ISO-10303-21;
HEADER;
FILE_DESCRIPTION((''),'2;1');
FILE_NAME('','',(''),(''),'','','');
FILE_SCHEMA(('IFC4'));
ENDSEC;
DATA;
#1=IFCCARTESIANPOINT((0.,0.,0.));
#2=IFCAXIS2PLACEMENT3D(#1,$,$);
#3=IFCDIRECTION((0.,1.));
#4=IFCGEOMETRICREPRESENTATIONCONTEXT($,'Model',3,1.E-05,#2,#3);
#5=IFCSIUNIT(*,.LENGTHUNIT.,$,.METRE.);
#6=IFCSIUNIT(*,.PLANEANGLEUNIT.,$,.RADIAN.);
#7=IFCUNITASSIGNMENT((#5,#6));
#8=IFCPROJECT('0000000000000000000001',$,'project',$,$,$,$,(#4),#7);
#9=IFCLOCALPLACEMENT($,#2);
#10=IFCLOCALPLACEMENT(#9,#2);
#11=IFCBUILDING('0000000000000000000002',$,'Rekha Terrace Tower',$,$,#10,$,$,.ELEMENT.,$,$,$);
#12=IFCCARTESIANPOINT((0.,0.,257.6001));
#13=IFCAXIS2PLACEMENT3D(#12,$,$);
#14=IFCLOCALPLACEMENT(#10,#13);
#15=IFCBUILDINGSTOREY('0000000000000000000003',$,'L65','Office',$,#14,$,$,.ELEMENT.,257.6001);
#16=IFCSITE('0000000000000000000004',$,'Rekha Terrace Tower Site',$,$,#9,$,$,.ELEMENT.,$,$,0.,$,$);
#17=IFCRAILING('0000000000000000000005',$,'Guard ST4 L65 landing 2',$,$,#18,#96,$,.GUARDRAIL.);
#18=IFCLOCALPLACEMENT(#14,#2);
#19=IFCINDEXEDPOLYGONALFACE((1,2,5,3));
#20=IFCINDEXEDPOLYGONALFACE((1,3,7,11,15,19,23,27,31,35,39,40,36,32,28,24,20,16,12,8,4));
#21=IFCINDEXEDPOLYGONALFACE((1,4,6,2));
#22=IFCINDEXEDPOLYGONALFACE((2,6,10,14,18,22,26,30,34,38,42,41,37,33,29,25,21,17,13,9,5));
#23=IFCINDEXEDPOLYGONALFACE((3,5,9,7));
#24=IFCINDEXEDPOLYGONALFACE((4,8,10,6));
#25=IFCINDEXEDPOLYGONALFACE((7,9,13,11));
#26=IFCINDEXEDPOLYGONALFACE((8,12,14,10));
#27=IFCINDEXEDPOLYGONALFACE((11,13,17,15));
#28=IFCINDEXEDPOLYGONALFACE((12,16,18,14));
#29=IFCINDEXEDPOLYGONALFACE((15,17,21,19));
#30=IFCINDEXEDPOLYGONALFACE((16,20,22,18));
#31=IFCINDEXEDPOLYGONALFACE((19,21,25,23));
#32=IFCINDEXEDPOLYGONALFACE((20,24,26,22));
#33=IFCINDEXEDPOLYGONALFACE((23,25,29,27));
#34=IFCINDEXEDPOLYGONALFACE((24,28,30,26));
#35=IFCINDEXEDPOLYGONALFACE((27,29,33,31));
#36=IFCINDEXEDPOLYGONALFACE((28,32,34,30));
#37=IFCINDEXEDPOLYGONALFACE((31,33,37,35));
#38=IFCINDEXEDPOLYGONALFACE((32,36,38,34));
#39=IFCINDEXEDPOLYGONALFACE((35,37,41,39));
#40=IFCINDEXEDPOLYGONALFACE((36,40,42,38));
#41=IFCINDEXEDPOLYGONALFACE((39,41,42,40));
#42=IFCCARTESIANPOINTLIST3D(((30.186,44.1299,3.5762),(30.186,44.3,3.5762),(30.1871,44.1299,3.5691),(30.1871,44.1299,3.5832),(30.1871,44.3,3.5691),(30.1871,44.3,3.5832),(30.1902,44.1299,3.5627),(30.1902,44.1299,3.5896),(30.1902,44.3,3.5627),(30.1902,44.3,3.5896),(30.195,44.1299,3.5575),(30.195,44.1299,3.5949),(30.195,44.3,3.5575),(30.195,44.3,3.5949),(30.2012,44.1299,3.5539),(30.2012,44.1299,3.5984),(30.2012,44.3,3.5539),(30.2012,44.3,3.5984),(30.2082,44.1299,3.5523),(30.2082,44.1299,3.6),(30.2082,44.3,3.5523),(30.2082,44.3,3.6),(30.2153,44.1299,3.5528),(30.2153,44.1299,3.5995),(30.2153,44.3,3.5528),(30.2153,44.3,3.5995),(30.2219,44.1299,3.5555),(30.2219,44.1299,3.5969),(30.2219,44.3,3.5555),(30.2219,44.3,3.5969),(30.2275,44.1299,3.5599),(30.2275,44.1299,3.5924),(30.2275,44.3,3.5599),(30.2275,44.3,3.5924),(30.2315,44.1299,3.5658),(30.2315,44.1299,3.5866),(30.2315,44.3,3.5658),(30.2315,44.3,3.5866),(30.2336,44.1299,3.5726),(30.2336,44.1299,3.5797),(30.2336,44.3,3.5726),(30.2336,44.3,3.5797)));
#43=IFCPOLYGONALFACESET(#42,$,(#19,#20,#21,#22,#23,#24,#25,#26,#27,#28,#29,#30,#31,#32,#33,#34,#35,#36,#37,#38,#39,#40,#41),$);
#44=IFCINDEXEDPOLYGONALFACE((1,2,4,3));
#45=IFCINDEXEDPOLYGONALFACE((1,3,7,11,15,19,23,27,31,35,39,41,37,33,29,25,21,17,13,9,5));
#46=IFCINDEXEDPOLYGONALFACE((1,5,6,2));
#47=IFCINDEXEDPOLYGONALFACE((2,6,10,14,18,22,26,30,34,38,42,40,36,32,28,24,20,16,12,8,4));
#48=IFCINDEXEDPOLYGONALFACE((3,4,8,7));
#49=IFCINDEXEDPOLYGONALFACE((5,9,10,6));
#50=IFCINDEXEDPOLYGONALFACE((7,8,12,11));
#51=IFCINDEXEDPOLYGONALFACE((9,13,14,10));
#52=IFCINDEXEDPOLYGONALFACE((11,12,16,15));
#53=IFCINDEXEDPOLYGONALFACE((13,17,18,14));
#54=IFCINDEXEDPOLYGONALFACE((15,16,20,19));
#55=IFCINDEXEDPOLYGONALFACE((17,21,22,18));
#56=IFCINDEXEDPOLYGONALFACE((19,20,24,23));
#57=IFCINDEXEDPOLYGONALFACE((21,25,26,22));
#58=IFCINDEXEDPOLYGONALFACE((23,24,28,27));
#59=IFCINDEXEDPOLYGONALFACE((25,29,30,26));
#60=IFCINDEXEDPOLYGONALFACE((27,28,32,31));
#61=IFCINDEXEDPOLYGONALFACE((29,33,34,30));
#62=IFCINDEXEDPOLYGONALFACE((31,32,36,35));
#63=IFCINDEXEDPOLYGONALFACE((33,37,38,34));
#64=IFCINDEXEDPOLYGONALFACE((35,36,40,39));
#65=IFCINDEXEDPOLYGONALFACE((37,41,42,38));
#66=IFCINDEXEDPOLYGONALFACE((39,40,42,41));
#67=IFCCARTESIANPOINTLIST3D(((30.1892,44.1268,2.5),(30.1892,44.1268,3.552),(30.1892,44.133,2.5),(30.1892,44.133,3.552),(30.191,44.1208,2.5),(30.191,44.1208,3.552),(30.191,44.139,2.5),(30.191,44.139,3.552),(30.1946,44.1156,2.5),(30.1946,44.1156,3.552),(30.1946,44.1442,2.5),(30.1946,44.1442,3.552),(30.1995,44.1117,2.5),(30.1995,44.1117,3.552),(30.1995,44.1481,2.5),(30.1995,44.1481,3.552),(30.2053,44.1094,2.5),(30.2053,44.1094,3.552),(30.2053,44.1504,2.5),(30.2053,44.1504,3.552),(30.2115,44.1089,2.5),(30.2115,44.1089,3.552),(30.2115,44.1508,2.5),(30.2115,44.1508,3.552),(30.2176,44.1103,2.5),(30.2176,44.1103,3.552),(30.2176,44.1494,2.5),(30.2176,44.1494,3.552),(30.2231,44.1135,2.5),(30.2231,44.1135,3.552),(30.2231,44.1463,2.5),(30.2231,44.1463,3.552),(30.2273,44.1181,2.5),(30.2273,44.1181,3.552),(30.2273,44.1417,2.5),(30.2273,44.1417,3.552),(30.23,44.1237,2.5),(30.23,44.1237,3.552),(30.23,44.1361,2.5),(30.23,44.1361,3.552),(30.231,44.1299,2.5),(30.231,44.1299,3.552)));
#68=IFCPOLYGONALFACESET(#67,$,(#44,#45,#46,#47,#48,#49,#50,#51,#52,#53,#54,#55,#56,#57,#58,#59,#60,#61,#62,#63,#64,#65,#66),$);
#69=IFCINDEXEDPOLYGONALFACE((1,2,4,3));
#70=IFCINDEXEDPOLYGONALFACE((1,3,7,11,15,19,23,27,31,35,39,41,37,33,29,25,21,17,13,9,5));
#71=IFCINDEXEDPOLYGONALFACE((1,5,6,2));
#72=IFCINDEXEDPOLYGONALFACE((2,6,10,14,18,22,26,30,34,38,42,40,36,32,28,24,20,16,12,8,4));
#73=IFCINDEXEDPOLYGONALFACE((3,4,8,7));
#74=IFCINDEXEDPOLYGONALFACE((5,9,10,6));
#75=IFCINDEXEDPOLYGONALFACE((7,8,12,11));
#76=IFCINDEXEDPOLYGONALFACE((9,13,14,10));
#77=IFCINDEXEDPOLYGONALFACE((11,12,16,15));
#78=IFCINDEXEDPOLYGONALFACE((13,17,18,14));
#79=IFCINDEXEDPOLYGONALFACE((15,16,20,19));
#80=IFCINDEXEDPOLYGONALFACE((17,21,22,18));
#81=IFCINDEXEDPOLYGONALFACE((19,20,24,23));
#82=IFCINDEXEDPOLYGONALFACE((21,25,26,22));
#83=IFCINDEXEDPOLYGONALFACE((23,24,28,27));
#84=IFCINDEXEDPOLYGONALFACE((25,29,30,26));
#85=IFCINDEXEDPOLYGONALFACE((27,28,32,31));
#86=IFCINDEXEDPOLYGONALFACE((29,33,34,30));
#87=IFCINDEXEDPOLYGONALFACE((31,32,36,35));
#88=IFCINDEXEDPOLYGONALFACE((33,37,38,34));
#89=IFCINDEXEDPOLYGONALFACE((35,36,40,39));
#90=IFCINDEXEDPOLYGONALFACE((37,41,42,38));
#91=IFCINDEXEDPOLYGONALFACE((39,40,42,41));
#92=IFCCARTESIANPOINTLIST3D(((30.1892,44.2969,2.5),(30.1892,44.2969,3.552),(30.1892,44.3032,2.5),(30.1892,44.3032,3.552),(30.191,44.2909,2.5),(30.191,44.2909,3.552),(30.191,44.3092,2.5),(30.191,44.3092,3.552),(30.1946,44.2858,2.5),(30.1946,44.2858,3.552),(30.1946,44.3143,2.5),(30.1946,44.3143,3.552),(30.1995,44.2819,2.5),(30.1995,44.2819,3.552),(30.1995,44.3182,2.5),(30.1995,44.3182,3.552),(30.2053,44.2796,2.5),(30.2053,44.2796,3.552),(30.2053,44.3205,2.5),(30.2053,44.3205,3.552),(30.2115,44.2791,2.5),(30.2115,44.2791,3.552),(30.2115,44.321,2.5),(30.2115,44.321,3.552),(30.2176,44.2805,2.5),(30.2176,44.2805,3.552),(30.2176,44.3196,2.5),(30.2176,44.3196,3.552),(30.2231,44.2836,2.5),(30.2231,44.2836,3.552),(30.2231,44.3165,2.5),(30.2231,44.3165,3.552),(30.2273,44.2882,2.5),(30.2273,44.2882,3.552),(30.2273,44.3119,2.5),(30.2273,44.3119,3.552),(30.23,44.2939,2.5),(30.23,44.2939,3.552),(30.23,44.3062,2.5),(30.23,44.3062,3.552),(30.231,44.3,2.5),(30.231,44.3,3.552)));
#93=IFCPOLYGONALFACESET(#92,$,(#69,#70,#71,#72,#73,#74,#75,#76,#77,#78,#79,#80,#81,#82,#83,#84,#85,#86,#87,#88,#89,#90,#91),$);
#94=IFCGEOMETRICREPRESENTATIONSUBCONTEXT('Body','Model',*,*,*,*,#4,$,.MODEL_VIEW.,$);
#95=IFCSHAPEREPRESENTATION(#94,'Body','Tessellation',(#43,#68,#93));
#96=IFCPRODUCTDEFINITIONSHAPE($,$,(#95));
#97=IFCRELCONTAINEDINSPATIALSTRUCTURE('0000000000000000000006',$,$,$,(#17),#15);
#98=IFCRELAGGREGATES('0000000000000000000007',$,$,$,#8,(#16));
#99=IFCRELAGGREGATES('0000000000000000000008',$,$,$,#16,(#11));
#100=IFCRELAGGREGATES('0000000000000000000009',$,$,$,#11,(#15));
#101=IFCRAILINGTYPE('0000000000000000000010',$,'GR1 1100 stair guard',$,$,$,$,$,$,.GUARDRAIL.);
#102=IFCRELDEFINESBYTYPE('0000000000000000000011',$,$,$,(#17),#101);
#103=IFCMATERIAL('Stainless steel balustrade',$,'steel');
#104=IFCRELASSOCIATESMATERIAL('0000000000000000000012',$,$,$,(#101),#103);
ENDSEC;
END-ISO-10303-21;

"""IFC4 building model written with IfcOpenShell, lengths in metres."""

from ifc_helpers import new_model, si_unit, direction, frame, origin, origin_2d, place, context, subcontext, project, spatial, circle, extrude, material, type_object, element, save


model = new_model("IFC4")

# Units and contexts
model_context = context("Model", 3, precision=1e-05, world=origin(), true_north=direction((0.0, 1.0)))
body_context = subcontext(model_context, "Body", "Model", "MODEL_VIEW")
ifc_project = project(units=[si_unit("LENGTHUNIT", "METRE"), si_unit("PLANEANGLEUNIT", "RADIAN")], contexts=[model_context])

# Site, building, storey
site_placement = place(None, origin())
site = spatial("IfcSite", under=ifc_project, at=site_placement, Name="Rekha Terrace Tower Site", CompositionType="ELEMENT", RefElevation=0.0)
building_placement = place(site_placement, origin())
building = spatial("IfcBuilding", under=site, at=building_placement, Name="Rekha Terrace Tower", CompositionType="ELEMENT")
storey_placement = place(building_placement, frame((0.0, 0.0, 257.6001)))
storey = spatial("IfcBuildingStorey", under=building, at=storey_placement, Name="L65", Description="Office", CompositionType="ELEMENT", Elevation=257.6001)

# Railing
ifc_material_1 = material(Name="Stainless steel balustrade", Category="steel")
railing_type_1 = type_object("IfcRailingType", Name="GR1 1100 stair guard", PredefinedType="GUARDRAIL", material=ifc_material_1)
railing_1_placement = place(storey_placement, frame((30.21, 44.1299, 2.5)))
element("IfcRailing", 1, at=railing_1_placement, inside=storey, type_object=railing_type_1, Name="Guard ST4 L65 landing 2", PredefinedType="GUARDRAIL", context=body_context, shape_type="SweptSolid", body=[
    extrude(circle(Radius=0.0239, at=origin_2d()), frame((0.0, 0.0, 1.0762), z_axis=(0.0, 1.0, 0.0), x_axis=(-1.0, 0.0, 0.0)), (0.0, 0.0, 1.0), 0.1702),
    extrude(circle(Radius=0.021, at=origin_2d()), origin(), (0.0, 0.0, 1.0), 1.052),
    extrude(circle(Radius=0.021, at=origin_2d()), frame((0.0, 0.1702, 0.0)), (0.0, 0.0, 1.0), 1.052),
])

save(model, "model.ifc")
